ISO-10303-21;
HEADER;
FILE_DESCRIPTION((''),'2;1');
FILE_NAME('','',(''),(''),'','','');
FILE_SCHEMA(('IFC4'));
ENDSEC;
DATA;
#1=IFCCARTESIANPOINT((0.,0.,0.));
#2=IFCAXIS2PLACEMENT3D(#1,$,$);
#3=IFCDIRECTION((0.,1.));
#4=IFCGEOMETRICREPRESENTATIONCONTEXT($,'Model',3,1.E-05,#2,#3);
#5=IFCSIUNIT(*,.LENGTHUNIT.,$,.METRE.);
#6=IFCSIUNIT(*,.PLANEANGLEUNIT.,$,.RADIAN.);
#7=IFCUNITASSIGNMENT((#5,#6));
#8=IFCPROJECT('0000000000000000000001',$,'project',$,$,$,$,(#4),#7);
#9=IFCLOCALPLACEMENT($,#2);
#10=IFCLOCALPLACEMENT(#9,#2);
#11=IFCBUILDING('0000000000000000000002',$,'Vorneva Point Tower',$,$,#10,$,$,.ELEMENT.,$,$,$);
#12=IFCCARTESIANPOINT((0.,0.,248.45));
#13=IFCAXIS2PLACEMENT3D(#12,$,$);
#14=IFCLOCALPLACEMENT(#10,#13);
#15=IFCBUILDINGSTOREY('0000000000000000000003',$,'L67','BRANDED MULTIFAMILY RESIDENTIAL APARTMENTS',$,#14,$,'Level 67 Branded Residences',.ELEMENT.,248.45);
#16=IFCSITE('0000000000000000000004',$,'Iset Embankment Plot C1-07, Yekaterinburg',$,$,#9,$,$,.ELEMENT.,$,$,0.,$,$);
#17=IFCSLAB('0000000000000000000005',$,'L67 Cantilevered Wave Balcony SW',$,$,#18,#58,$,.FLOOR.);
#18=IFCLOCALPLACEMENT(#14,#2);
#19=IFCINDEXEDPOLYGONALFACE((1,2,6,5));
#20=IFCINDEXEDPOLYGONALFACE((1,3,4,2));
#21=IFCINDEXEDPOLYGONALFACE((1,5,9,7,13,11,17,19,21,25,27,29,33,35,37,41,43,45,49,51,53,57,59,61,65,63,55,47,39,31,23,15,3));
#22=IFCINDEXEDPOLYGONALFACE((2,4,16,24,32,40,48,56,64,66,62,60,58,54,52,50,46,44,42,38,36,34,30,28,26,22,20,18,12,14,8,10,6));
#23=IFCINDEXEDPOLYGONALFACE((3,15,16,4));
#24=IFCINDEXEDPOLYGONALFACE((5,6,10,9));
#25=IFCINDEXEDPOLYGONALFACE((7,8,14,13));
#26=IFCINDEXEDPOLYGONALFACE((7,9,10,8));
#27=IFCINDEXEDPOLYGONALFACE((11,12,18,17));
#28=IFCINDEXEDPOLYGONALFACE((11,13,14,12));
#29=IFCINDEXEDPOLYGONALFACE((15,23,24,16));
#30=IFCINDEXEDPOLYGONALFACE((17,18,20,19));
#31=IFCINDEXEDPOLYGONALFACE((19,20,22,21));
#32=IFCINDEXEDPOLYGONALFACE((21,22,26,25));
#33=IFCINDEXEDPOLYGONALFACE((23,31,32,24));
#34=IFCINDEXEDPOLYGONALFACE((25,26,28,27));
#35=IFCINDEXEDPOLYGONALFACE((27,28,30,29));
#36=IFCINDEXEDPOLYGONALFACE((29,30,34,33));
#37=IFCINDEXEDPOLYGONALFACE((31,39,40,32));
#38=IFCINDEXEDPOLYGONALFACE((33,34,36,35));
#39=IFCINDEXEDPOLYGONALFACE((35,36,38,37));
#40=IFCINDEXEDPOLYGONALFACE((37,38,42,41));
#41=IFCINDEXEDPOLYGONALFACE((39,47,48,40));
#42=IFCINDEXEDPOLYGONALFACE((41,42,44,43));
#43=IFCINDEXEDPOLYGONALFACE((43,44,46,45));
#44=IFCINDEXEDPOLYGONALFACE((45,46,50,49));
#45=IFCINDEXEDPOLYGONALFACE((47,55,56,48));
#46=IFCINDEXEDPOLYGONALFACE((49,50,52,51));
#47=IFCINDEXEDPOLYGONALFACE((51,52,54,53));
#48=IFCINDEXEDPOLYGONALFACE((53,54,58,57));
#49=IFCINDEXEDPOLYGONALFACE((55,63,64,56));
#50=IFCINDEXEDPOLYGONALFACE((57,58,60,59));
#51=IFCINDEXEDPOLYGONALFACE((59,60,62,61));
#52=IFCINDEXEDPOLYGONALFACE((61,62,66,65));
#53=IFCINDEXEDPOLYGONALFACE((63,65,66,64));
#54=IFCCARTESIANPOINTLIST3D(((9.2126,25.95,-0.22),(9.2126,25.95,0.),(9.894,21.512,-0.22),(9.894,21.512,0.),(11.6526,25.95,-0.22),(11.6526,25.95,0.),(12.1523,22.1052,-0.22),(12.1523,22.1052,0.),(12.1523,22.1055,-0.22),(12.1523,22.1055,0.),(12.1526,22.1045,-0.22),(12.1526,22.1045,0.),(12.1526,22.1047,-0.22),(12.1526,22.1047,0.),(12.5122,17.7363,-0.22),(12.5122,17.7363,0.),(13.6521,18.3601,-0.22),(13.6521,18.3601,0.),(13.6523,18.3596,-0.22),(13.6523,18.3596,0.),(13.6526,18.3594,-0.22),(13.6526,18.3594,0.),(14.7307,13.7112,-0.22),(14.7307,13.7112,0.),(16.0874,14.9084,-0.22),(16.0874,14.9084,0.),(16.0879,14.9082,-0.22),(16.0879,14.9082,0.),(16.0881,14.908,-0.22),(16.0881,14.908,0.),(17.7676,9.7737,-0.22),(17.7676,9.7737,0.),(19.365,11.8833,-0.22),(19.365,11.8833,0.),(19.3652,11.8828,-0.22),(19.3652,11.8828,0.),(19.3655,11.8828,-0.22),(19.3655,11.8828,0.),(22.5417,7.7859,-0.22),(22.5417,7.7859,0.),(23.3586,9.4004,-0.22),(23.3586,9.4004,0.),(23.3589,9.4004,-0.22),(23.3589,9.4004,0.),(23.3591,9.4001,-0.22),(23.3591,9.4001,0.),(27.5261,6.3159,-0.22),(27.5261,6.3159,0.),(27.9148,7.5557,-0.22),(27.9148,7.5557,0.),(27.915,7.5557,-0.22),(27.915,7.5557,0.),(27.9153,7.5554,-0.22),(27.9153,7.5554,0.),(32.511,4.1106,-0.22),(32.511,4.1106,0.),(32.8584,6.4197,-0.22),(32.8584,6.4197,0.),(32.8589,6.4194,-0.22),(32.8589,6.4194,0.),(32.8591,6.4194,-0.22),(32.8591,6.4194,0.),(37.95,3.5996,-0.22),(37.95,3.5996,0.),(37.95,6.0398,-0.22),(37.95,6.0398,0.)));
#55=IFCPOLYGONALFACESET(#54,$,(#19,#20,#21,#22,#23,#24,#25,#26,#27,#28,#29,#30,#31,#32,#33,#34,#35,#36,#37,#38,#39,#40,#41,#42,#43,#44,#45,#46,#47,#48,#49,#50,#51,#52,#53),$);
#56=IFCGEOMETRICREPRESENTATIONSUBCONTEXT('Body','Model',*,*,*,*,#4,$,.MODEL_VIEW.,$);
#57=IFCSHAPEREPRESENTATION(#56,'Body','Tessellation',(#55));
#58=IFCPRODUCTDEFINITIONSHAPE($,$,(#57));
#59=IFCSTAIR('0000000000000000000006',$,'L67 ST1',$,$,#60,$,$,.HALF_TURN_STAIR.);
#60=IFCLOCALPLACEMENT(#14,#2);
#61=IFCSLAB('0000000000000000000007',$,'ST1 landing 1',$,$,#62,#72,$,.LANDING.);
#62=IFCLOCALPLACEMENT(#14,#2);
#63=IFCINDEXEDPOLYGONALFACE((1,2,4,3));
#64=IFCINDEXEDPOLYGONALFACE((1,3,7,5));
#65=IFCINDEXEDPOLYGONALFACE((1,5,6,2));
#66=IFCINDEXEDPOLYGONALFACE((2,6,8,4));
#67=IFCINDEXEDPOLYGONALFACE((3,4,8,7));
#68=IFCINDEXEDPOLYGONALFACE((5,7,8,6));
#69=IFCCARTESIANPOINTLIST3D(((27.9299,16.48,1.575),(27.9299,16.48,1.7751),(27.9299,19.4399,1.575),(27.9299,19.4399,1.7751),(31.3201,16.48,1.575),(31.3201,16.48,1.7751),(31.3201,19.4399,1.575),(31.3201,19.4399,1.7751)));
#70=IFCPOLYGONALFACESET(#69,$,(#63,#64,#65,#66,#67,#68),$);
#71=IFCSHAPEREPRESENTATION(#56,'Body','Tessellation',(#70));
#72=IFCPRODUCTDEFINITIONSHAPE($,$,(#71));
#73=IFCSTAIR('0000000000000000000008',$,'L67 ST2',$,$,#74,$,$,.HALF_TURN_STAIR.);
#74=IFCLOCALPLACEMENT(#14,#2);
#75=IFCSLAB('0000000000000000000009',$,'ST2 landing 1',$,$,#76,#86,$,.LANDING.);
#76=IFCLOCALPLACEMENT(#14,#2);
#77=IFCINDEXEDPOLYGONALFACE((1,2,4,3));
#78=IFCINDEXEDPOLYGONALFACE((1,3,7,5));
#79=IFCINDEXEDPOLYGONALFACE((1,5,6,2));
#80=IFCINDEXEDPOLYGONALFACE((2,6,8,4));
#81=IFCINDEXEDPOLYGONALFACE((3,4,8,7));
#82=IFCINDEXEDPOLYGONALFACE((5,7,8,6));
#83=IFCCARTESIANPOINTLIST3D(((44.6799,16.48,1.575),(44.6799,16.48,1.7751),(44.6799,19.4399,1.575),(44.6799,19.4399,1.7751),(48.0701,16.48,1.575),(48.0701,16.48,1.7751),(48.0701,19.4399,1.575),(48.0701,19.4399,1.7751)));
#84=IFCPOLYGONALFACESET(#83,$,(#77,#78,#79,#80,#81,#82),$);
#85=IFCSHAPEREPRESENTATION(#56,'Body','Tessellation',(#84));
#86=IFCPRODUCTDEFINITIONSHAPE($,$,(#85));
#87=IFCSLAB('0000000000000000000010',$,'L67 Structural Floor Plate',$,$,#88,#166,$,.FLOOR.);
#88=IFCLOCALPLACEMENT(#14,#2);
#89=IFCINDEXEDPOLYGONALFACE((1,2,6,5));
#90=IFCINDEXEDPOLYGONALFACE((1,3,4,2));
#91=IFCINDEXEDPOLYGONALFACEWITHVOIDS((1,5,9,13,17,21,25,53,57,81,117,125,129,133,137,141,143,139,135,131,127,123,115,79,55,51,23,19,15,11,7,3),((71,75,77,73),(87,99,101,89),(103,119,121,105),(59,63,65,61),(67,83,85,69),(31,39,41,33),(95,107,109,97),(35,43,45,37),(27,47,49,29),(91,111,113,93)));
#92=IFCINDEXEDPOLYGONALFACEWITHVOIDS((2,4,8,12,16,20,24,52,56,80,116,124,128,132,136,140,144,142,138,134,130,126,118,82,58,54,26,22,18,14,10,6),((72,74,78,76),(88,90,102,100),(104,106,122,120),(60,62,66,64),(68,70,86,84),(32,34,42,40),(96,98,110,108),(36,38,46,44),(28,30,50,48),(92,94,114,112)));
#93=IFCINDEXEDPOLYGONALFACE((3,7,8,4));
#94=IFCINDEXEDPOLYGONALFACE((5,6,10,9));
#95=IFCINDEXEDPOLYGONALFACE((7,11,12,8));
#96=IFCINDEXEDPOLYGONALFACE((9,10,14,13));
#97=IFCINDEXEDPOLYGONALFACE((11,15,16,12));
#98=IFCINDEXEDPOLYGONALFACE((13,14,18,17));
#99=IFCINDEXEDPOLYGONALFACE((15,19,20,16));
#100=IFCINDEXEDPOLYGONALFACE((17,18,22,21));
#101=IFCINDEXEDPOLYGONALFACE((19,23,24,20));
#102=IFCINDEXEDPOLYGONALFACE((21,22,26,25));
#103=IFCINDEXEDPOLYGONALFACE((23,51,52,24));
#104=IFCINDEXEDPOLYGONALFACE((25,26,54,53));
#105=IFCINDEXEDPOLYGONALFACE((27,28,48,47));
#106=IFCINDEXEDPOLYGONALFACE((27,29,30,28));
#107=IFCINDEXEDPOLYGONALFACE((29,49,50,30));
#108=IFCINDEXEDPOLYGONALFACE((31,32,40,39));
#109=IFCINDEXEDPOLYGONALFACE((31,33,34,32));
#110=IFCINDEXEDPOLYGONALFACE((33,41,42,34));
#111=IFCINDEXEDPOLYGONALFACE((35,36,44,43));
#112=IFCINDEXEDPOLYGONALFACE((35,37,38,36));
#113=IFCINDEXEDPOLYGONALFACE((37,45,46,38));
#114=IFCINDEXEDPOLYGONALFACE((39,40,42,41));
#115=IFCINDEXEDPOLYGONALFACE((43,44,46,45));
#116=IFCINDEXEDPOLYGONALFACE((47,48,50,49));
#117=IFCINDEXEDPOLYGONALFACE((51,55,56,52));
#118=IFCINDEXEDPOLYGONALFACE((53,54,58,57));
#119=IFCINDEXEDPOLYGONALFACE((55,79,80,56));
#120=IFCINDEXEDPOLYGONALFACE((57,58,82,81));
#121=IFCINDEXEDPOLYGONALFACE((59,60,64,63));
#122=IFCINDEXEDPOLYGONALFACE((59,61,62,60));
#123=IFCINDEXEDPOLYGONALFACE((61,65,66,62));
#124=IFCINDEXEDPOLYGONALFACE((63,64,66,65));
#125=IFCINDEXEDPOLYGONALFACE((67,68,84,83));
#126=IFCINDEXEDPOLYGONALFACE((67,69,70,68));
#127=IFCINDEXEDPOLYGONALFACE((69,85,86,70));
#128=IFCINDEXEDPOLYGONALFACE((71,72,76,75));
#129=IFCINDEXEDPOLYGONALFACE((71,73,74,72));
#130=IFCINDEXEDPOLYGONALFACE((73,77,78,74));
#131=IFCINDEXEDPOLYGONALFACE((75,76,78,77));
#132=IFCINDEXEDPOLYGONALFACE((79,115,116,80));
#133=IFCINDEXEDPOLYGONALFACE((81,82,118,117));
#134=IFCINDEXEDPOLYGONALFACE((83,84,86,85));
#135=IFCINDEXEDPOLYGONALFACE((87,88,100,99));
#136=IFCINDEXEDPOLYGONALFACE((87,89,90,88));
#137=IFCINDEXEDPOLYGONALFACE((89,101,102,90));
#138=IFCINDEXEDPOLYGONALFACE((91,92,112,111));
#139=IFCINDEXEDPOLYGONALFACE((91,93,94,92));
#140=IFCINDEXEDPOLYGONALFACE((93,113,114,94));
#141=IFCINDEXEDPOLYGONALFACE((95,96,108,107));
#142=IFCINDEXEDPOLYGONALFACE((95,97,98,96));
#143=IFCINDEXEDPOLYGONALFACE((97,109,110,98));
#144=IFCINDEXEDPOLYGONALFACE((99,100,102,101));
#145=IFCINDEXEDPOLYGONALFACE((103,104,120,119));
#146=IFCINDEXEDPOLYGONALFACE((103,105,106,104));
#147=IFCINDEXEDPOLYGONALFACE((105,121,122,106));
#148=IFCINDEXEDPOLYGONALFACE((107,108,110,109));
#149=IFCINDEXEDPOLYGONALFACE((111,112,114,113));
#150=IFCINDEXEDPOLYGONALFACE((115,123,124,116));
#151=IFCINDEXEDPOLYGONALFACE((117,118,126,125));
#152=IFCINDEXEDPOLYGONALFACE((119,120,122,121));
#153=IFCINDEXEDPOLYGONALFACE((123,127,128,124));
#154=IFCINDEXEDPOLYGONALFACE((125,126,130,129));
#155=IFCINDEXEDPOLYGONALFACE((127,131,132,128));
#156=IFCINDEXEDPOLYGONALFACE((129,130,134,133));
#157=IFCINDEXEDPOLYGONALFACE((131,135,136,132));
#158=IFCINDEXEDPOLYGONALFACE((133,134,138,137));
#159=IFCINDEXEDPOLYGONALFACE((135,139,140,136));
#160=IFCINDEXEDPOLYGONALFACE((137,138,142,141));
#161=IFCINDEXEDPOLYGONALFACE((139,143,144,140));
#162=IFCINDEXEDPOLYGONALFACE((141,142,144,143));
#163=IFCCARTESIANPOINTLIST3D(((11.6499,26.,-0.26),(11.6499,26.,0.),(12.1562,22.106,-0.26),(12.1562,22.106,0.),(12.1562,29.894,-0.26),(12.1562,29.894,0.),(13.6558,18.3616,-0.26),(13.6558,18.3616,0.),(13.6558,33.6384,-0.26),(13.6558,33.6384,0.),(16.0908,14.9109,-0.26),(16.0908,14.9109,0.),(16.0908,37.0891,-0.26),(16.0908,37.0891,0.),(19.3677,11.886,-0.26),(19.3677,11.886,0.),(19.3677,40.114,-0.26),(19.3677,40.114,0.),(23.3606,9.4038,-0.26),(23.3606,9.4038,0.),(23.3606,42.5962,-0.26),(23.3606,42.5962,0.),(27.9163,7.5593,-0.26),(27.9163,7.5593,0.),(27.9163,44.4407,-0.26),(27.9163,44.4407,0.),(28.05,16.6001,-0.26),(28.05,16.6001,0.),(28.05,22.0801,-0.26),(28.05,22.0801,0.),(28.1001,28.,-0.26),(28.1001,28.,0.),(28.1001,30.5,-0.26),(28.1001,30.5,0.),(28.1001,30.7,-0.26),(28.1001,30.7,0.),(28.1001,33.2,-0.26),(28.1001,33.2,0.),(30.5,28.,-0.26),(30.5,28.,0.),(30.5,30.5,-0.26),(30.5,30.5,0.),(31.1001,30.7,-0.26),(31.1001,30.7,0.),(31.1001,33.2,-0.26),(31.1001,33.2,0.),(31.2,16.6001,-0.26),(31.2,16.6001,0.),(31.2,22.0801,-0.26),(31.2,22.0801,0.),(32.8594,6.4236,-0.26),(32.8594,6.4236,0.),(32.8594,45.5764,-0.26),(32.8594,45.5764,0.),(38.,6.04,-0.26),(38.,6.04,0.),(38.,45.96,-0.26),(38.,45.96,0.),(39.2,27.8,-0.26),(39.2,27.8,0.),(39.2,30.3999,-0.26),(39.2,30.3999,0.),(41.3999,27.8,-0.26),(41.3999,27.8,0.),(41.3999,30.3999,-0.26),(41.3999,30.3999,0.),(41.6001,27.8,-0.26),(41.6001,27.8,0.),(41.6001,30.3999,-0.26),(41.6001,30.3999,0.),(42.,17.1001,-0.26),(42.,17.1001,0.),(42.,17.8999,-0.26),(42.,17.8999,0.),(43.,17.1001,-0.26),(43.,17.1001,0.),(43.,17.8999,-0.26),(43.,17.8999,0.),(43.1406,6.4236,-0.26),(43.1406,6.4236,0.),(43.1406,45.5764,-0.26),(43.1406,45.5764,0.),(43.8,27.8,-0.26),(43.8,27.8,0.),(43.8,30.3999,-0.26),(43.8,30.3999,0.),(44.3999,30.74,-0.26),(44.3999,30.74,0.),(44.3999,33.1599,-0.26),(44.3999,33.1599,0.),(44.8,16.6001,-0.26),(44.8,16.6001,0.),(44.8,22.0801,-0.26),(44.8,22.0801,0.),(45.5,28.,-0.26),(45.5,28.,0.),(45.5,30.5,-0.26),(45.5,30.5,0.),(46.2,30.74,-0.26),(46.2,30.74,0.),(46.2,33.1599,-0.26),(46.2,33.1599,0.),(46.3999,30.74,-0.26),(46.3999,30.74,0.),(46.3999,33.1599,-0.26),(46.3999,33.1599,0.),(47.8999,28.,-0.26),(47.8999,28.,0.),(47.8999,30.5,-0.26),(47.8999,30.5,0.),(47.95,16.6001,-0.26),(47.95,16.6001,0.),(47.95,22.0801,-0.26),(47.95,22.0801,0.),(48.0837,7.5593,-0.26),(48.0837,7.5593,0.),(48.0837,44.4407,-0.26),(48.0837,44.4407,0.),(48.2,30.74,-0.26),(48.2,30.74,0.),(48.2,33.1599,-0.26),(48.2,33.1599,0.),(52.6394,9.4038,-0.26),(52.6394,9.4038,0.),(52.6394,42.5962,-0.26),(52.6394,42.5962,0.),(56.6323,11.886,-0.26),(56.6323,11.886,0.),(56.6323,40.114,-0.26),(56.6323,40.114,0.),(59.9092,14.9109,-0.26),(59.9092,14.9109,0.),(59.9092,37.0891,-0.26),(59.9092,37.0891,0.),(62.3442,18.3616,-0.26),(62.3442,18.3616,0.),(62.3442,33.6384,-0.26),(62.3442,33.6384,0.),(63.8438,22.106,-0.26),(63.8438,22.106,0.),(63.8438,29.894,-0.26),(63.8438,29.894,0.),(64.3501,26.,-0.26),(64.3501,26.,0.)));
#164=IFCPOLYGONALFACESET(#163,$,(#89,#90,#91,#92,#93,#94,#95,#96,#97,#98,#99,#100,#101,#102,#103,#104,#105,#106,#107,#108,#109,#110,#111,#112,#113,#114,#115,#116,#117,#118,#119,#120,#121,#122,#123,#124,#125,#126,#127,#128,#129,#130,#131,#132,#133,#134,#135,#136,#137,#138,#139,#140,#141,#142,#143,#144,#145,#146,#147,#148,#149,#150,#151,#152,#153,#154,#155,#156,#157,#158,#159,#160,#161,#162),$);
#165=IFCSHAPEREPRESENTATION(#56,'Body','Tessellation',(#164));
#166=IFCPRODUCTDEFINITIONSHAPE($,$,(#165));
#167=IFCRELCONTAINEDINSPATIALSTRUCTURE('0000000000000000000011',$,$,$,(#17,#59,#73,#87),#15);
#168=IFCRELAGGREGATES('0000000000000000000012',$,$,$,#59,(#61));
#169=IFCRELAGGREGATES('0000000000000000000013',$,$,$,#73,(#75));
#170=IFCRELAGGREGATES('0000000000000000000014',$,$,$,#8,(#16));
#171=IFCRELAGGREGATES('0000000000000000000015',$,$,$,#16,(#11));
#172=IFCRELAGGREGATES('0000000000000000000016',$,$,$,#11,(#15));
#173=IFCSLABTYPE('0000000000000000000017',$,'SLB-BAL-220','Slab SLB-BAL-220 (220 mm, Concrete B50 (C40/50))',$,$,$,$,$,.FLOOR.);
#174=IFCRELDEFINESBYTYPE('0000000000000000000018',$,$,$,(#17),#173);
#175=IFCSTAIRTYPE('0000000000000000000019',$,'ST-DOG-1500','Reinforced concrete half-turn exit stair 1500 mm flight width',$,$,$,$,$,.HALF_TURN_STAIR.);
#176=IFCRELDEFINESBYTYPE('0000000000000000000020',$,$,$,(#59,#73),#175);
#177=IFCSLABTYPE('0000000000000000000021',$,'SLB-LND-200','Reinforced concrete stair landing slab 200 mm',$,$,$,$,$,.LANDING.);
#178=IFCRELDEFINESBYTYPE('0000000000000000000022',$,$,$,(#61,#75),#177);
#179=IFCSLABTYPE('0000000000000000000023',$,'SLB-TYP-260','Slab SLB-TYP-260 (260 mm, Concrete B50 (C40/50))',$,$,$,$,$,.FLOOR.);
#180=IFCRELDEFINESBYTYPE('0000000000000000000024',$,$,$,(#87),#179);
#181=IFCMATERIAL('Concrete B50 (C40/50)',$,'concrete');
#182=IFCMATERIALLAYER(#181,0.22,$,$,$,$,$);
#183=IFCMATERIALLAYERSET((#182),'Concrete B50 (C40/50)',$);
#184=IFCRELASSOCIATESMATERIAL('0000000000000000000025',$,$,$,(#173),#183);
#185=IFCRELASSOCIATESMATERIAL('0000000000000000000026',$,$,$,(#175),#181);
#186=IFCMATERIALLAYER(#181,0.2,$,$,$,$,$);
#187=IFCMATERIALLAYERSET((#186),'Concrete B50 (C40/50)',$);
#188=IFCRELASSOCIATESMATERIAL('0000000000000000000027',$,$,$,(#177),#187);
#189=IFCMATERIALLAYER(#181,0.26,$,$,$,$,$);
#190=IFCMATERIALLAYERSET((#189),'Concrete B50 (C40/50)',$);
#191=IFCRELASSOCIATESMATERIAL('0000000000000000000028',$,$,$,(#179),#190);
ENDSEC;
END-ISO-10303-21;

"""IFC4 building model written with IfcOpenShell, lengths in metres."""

from ifc_helpers import new_model, si_unit, direction, frame, origin, place, context, subcontext, project, spatial, polyline, outline, extrude, material, layer, layer_set, type_object, element, aggregate, save


model = new_model("IFC4")

# Units and contexts
model_context = context("Model", 3, precision=1e-05, world=origin(), true_north=direction((0.0, 1.0)))
body_context = subcontext(model_context, "Body", "Model", "MODEL_VIEW")
ifc_project = project(units=[si_unit("LENGTHUNIT", "METRE"), si_unit("PLANEANGLEUNIT", "RADIAN")], contexts=[model_context])

# Site, building, storey
site_placement = place(None, origin())
site = spatial("IfcSite", under=ifc_project, at=site_placement, Name="Iset Embankment Plot C1-07, Yekaterinburg", CompositionType="ELEMENT", RefElevation=0.0)
building_placement = place(site_placement, origin())
building = spatial("IfcBuilding", under=site, at=building_placement, Name="Vorneva Point Tower", CompositionType="ELEMENT")
storey_placement = place(building_placement, frame((0.0, 0.0, 248.45)))
storey = spatial("IfcBuildingStorey", under=building, at=storey_placement, Name="L67", Description="BRANDED MULTIFAMILY RESIDENTIAL APARTMENTS", LongName="Level 67 Branded Residences", CompositionType="ELEMENT", Elevation=248.45)

# Shared definitions
ifc_material_1 = material(Name="Concrete B50 (C40/50)", Category="concrete")

# Slab
ifc_layer_1 = layer(ifc_material_1, 0.22)
ifc_layer_set_1 = layer_set([ifc_layer_1], Name="Concrete B50 (C40/50)")
slab_type_1 = type_object("IfcSlabType", Name="SLB-BAL-220", Description="Slab SLB-BAL-220 (220 mm, Concrete B50 (C40/50))", PredefinedType="FLOOR", material=ifc_layer_set_1)
slab_1_placement = place(storey_placement, frame((0.0, 0.0, -0.22)))
element("IfcSlab", 1, at=slab_1_placement, inside=storey, type_object=slab_type_1, Name="L67 Cantilevered Wave Balcony SW", PredefinedType="FLOOR", context=body_context, shape_type="SweptSolid", body=[
    extrude(outline(polyline([(37.95, 3.5996), (37.95, 6.0398), (32.8591, 6.4194), (32.8589, 6.4194), (32.8584, 6.4197), (27.9153, 7.5554), (27.915, 7.5557), (27.9148, 7.5557), (23.3591, 9.4001), (23.3589, 9.4004), (23.3586, 9.4004), (19.3655, 11.8828), (19.3652, 11.8828), (19.365, 11.8833), (16.0881, 14.908), (16.0879, 14.9082), (16.0874, 14.9084), (13.6526, 18.3594), (13.6523, 18.3596), (13.6521, 18.3601), (12.1526, 22.1045), (12.1526, 22.1047), (12.1523, 22.1052), (12.1523, 22.1055), (11.6526, 25.95), (9.2126, 25.95), (9.894, 21.512), (12.5122, 17.7363), (14.7307, 13.7112), (17.7676, 9.7737), (22.5417, 7.7859), (27.5261, 6.3159), (32.511, 4.1106), (37.95, 3.5996)])), origin(), (0.0, 0.0, 1.0), 0.22),
])

# Stairs, slabs
stair_type = type_object("IfcStairType", Name="ST-DOG-1500", Description="Reinforced concrete half-turn exit stair 1500 mm flight width", PredefinedType="HALF_TURN_STAIR", material=ifc_material_1)
stair_1_placement = place(storey_placement, origin())
stair_1 = element("IfcStair", 2, at=stair_1_placement, inside=storey, type_object=stair_type, Name="L67 ST1", PredefinedType="HALF_TURN_STAIR")
ifc_layer_2 = layer(ifc_material_1, 0.2)
ifc_layer_set_2 = layer_set([ifc_layer_2], Name="Concrete B50 (C40/50)")
slab_type_2 = type_object("IfcSlabType", Name="SLB-LND-200", Description="Reinforced concrete stair landing slab 200 mm", PredefinedType="LANDING", material=ifc_layer_set_2)
slab_2_placement = place(storey_placement, frame((0.0, 0.0, 1.575)))
slab_2 = element("IfcSlab", 3, at=slab_2_placement, type_object=slab_type_2, Name="ST1 landing 1", PredefinedType="LANDING", context=body_context, shape_type="SweptSolid", body=[
    extrude(outline(polyline([(27.9299, 16.48), (31.3201, 16.48), (31.3201, 19.4399), (27.9299, 19.4399), (27.9299, 16.48)])), origin(), (0.0, 0.0, 1.0), 0.2002),
])
aggregate(stair_1, [slab_2])
stair_2_placement = place(storey_placement, origin())
stair_2 = element("IfcStair", 4, at=stair_2_placement, inside=storey, type_object=stair_type, Name="L67 ST2", PredefinedType="HALF_TURN_STAIR")
slab_3_placement = place(storey_placement, frame((0.0, 0.0, 1.575)))
slab_3 = element("IfcSlab", 5, at=slab_3_placement, type_object=slab_type_2, Name="ST2 landing 1", PredefinedType="LANDING", context=body_context, shape_type="SweptSolid", body=[
    extrude(outline(polyline([(44.6799, 16.48), (48.0701, 16.48), (48.0701, 19.4399), (44.6799, 19.4399), (44.6799, 16.48)])), origin(), (0.0, 0.0, 1.0), 0.2002),
])
aggregate(stair_2, [slab_3])

# Slab
ifc_layer_3 = layer(ifc_material_1, 0.26)
ifc_layer_set_3 = layer_set([ifc_layer_3], Name="Concrete B50 (C40/50)")
slab_type_3 = type_object("IfcSlabType", Name="SLB-TYP-260", Description="Slab SLB-TYP-260 (260 mm, Concrete B50 (C40/50))", PredefinedType="FLOOR", material=ifc_layer_set_3)
slab_4_placement = place(storey_placement, frame((0.0, 0.0, -0.26)))
element("IfcSlab", 6, at=slab_4_placement, inside=storey, type_object=slab_type_3, Name="L67 Structural Floor Plate", PredefinedType="FLOOR", context=body_context, shape_type="SweptSolid", body=[
    extrude(outline(polyline([(64.3501, 26.0), (63.8438, 29.894), (62.3442, 33.6384), (59.9092, 37.0891), (56.6323, 40.114), (52.6394, 42.5962), (48.0837, 44.4407), (43.1406, 45.5764), (38.0, 45.96), (32.8594, 45.5764), (27.9163, 44.4407), (23.3606, 42.5962), (19.3677, 40.114), (16.0908, 37.0891), (13.6558, 33.6384), (12.1562, 29.894), (11.6499, 26.0), (12.1562, 22.106), (13.6558, 18.3616), (16.0908, 14.9109), (19.3677, 11.886), (23.3606, 9.4038), (27.9163, 7.5593), (32.8594, 6.4236), (38.0, 6.04), (43.1406, 6.4236), (48.0837, 7.5593), (52.6394, 9.4038), (56.6323, 11.886), (59.9092, 14.9109), (62.3442, 18.3616), (63.8438, 22.106), (64.3501, 26.0)]), holes=[polyline([(39.2, 27.8), (41.3999, 27.8), (41.3999, 30.3999), (39.2, 30.3999), (39.2, 27.8)]), polyline([(41.6001, 27.8), (43.8, 27.8), (43.8, 30.3999), (41.6001, 30.3999), (41.6001, 27.8)]), polyline([(44.3999, 30.74), (46.2, 30.74), (46.2, 33.1599), (44.3999, 33.1599), (44.3999, 30.74)]), polyline([(46.3999, 30.74), (48.2, 30.74), (48.2, 33.1599), (46.3999, 33.1599), (46.3999, 30.74)]), polyline([(28.1001, 28.0), (30.5, 28.0), (30.5, 30.5), (28.1001, 30.5), (28.1001, 28.0)]), polyline([(45.5, 28.0), (47.8999, 28.0), (47.8999, 30.5), (45.5, 30.5), (45.5, 28.0)]), polyline([(28.1001, 30.7), (31.1001, 30.7), (31.1001, 33.2), (28.1001, 33.2), (28.1001, 30.7)]), polyline([(28.05, 16.6001), (31.2, 16.6001), (31.2, 22.0801), (28.05, 22.0801), (28.05, 16.6001)]), polyline([(44.8, 16.6001), (47.95, 16.6001), (47.95, 22.0801), (44.8, 22.0801), (44.8, 16.6001)]), polyline([(42.0, 17.1001), (43.0, 17.1001), (43.0, 17.8999), (42.0, 17.8999), (42.0, 17.1001)])]), origin(), (0.0, 0.0, 1.0), 0.26),
])

save(model, "model.ifc")
